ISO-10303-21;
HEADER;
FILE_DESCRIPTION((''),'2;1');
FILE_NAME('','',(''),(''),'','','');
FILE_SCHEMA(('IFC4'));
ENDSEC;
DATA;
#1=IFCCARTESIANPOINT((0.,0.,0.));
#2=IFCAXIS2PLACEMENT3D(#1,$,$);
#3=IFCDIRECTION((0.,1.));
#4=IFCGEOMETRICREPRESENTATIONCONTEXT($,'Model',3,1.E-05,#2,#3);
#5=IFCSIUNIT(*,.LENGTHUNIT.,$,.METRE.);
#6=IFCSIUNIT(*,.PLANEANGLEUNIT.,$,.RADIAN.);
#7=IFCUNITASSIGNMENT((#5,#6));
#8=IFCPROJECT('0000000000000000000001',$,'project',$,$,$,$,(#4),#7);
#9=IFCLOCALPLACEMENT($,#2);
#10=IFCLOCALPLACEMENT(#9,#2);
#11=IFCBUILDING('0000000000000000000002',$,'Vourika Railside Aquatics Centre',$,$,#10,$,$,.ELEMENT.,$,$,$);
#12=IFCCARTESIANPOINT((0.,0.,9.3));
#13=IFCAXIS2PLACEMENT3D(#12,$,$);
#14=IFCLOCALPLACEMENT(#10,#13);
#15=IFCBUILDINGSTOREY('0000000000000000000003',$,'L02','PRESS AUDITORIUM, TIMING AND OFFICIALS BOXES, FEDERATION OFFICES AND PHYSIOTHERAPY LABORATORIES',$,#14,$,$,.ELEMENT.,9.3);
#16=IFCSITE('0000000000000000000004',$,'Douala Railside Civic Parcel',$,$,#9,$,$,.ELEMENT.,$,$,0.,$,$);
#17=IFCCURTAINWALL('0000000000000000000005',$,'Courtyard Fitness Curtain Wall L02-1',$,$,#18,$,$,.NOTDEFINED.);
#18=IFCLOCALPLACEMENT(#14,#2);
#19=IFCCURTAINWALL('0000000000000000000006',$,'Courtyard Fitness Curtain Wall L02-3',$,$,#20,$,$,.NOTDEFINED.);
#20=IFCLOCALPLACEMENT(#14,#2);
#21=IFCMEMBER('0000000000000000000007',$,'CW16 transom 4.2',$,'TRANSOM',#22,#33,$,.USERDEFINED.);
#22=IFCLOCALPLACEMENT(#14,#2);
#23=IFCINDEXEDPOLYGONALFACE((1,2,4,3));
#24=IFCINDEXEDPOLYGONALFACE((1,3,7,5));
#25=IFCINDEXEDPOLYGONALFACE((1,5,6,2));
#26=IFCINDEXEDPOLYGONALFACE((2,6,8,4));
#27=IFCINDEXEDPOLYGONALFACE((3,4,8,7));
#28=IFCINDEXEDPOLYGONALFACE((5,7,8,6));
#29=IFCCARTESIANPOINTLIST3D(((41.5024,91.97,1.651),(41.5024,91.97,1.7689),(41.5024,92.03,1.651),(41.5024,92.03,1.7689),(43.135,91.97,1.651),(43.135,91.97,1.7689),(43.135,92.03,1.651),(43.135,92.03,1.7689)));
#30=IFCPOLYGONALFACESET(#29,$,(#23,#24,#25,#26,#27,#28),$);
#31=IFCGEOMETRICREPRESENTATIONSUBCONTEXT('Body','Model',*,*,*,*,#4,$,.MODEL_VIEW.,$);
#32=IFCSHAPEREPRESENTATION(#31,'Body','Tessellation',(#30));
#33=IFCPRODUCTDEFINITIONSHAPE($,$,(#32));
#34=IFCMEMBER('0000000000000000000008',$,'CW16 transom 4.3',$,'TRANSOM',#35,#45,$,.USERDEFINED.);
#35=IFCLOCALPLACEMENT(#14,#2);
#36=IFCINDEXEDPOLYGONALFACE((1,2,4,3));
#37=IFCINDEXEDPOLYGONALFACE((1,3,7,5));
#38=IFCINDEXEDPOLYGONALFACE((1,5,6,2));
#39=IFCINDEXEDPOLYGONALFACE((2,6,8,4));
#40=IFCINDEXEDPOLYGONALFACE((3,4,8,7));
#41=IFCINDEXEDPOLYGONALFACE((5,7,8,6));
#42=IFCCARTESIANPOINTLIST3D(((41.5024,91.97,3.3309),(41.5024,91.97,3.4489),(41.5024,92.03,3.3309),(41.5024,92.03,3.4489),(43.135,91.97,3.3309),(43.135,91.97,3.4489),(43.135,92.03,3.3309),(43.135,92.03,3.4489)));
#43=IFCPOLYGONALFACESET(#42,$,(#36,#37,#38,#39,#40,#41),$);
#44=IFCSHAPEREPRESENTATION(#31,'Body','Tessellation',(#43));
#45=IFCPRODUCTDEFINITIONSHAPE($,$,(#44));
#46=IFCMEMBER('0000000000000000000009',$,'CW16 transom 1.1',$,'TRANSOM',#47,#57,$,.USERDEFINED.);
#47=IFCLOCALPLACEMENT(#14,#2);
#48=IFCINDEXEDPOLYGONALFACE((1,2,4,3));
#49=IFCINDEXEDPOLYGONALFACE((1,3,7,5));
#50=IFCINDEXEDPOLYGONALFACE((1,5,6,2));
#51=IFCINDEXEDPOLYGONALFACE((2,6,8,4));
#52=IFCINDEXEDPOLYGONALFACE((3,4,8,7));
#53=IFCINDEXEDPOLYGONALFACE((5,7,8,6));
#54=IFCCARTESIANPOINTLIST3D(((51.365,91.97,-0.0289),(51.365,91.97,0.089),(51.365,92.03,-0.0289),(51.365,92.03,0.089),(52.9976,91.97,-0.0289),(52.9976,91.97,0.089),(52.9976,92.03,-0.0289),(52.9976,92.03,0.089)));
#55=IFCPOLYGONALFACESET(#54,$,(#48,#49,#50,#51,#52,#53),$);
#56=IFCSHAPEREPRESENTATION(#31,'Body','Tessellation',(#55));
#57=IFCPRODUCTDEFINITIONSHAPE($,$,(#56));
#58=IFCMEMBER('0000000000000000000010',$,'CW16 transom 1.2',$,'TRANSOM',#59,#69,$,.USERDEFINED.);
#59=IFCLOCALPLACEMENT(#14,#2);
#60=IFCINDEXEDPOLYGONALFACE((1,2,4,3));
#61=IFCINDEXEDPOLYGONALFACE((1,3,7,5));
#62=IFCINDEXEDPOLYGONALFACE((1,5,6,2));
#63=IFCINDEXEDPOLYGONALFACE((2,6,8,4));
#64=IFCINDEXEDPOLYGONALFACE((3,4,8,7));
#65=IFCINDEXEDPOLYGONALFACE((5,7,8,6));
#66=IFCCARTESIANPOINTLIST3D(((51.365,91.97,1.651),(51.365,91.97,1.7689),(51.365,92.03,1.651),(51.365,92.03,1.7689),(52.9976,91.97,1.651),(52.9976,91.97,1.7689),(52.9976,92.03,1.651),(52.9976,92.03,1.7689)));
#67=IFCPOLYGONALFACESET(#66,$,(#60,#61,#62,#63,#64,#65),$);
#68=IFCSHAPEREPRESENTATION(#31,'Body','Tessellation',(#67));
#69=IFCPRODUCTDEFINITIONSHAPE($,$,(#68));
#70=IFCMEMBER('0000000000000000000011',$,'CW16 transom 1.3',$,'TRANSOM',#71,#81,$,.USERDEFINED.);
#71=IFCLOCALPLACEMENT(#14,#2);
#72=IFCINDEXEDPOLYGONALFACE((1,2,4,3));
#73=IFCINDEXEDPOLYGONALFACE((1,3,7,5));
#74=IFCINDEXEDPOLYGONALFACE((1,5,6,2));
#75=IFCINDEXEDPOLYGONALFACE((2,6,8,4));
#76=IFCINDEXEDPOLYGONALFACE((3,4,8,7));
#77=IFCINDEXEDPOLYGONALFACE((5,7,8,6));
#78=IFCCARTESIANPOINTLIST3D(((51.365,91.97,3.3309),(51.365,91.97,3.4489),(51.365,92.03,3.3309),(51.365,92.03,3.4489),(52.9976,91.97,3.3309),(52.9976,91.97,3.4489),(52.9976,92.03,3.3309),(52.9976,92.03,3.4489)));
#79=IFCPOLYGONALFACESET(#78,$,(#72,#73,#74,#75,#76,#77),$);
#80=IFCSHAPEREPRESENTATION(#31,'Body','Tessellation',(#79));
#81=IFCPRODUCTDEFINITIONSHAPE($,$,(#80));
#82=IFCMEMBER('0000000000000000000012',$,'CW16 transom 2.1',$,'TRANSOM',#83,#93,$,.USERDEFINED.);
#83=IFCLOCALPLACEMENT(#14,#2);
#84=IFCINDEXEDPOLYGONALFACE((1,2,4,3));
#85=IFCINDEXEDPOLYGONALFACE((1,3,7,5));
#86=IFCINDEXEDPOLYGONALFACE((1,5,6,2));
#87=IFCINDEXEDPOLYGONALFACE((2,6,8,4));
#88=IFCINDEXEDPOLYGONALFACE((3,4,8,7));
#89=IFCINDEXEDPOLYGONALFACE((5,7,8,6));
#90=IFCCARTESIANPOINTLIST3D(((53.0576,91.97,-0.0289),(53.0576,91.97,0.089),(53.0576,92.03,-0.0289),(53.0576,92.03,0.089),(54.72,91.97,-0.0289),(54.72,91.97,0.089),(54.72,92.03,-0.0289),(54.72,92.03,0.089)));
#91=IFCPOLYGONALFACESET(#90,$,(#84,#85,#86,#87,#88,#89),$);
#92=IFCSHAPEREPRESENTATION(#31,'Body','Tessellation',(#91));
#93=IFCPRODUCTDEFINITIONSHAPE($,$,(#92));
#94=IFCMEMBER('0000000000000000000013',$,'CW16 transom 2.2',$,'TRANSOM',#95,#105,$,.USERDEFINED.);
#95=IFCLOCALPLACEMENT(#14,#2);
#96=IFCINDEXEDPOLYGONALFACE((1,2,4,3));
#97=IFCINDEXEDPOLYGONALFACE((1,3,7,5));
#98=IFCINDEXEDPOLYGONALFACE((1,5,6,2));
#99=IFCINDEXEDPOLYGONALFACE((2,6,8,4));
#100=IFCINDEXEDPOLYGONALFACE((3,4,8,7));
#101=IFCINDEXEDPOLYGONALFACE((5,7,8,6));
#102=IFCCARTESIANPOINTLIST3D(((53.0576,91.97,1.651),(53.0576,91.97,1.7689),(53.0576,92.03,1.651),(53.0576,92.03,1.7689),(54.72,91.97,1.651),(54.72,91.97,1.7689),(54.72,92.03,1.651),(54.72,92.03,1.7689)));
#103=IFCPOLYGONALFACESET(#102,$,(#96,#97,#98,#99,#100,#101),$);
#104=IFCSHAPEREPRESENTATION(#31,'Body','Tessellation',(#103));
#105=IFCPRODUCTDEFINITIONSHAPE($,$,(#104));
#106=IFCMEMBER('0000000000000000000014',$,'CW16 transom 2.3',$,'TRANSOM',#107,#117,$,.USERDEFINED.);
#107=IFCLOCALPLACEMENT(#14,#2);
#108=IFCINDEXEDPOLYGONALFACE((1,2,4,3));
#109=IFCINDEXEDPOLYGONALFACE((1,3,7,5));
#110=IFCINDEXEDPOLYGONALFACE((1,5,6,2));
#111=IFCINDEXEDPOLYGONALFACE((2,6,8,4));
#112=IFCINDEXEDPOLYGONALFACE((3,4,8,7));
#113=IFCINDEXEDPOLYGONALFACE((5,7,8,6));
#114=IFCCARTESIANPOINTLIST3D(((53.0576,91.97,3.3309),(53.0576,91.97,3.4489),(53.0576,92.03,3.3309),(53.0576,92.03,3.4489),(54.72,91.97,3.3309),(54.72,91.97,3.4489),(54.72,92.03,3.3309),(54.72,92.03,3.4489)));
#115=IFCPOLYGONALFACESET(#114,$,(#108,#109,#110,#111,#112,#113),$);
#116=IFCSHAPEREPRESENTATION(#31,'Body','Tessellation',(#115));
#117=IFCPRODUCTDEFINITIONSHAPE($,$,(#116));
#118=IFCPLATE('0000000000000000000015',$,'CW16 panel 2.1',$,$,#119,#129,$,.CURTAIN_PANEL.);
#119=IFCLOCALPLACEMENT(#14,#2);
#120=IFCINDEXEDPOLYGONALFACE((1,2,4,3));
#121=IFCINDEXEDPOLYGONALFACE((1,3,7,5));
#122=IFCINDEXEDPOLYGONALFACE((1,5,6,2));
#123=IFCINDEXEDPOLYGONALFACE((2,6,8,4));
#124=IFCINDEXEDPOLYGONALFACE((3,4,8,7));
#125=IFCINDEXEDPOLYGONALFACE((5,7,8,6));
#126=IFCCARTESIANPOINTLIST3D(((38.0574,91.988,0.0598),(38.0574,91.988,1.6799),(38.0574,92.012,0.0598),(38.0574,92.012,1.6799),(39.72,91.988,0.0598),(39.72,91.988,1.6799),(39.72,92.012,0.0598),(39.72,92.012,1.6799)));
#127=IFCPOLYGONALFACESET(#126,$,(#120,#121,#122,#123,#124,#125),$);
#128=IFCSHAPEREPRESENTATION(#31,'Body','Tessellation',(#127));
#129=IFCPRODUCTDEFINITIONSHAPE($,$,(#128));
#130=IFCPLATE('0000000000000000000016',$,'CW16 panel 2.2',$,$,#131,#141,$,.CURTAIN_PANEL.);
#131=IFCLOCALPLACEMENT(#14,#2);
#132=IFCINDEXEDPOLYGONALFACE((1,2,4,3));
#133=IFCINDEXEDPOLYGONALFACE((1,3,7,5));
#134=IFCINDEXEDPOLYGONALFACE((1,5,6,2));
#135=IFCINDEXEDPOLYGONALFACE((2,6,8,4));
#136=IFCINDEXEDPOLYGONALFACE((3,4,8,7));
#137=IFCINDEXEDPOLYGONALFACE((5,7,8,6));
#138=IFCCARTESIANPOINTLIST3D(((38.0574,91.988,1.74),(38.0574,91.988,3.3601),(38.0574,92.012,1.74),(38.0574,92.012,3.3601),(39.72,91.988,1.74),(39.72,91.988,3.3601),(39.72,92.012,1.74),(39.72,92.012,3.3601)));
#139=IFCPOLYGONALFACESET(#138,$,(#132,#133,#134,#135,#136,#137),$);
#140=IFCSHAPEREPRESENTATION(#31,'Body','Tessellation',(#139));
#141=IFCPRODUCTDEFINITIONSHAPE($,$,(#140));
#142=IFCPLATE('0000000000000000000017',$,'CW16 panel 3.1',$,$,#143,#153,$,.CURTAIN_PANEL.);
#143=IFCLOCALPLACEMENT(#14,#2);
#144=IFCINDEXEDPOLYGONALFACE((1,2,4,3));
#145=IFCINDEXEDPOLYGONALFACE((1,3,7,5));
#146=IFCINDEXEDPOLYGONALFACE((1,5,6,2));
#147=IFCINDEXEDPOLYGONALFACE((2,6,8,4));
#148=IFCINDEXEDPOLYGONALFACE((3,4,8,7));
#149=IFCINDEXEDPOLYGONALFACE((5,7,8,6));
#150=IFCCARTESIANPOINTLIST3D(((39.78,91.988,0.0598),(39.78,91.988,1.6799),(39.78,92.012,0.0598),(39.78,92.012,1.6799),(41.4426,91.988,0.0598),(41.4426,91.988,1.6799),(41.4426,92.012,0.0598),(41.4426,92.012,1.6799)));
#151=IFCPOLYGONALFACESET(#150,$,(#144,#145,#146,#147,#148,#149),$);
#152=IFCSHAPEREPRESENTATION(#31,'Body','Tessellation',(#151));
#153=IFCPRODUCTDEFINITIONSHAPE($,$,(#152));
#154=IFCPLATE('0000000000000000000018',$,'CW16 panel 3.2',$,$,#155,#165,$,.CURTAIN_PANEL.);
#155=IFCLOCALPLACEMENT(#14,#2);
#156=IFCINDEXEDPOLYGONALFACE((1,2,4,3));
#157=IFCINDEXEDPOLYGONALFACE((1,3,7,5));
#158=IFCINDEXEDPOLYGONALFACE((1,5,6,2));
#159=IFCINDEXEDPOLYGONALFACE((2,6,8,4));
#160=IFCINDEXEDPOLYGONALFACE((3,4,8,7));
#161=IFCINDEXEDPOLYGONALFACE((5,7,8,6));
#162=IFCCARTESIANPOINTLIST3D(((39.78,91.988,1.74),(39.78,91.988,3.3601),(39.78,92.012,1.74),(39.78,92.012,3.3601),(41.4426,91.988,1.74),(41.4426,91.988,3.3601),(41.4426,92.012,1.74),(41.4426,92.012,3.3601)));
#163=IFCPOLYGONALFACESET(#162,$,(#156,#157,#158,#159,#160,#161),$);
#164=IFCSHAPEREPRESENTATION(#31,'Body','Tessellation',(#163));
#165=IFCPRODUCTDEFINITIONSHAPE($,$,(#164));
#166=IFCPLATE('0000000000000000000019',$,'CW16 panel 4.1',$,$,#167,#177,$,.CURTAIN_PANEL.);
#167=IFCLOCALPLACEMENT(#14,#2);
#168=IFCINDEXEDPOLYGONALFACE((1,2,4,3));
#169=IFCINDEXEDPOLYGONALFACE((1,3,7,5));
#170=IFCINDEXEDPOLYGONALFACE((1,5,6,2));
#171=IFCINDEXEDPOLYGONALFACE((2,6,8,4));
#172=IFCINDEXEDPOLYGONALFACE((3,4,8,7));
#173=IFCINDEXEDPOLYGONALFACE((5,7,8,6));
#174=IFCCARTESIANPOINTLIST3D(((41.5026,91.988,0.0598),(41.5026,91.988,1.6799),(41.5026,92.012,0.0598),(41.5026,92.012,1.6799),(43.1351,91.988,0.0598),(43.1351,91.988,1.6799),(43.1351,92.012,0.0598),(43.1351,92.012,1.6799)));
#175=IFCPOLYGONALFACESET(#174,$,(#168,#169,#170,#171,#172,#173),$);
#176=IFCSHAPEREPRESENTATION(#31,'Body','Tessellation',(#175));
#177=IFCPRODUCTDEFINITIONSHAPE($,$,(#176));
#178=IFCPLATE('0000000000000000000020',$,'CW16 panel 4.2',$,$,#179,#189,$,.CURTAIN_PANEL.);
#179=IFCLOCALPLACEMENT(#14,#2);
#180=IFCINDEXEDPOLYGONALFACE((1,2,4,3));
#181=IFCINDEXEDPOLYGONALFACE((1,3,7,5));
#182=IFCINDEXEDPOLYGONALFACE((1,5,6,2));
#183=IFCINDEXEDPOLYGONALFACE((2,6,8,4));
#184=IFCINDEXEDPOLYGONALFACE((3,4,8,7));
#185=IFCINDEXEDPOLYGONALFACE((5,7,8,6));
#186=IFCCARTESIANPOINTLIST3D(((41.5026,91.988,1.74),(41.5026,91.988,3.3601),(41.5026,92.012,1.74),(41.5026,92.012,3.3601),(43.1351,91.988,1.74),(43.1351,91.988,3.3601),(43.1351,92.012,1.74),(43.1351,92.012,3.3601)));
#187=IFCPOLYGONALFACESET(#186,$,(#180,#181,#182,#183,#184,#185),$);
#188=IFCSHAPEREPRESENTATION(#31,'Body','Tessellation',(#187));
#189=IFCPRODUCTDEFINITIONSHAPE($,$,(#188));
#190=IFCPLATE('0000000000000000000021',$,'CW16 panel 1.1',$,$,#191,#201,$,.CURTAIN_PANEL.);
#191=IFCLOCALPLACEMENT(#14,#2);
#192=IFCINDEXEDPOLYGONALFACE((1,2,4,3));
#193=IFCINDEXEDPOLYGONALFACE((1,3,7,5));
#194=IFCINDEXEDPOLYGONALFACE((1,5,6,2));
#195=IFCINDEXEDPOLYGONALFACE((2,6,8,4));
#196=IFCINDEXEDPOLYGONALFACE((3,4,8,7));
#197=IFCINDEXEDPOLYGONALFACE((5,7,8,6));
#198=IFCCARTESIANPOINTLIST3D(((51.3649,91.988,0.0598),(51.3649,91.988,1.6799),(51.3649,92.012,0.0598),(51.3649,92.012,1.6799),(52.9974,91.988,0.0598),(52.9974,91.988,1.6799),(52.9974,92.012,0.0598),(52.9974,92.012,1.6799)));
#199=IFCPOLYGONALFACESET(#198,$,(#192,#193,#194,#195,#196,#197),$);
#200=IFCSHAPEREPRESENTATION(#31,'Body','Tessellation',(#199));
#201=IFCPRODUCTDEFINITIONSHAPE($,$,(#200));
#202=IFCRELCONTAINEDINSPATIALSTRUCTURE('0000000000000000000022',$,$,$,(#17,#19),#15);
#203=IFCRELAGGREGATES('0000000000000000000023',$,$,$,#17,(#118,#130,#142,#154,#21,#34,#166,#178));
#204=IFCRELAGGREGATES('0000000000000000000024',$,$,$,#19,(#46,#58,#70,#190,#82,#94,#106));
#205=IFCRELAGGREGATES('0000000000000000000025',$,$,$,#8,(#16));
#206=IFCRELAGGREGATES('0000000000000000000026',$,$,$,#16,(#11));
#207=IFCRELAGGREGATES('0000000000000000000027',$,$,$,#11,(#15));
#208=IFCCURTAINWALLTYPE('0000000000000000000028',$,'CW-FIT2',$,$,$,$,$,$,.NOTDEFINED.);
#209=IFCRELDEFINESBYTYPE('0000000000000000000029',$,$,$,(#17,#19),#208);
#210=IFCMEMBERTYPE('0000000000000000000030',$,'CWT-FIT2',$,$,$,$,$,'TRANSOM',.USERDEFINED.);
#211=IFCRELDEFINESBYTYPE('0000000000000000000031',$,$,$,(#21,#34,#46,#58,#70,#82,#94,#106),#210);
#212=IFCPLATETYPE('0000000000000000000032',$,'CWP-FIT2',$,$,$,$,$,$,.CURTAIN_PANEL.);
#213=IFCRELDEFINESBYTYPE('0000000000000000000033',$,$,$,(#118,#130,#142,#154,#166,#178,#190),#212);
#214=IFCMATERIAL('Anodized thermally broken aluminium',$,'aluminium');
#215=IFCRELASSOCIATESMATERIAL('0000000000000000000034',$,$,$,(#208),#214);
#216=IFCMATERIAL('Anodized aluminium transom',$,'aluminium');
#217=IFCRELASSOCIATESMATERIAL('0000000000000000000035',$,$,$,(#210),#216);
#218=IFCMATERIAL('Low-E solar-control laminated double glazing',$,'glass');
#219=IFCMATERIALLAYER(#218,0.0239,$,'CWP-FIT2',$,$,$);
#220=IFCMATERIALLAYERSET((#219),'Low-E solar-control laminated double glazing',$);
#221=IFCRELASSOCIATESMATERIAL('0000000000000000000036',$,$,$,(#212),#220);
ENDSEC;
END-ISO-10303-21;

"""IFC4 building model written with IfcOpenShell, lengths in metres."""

from ifc_helpers import new_model, si_unit, direction, frame, origin, origin_2d, place, context, subcontext, project, spatial, rectangle, extrude, material, layer, layer_set, material_profile, profile_set, type_object, element, aggregate, save


model = new_model("IFC4")

# Units and contexts
model_context = context("Model", 3, precision=1e-05, world=origin(), true_north=direction((0.0, 1.0)))
body_context = subcontext(model_context, "Body", "Model", "MODEL_VIEW")
ifc_project = project(units=[si_unit("LENGTHUNIT", "METRE"), si_unit("PLANEANGLEUNIT", "RADIAN")], contexts=[model_context])

# Site, building, storey
site_placement = place(None, origin())
site = spatial("IfcSite", under=ifc_project, at=site_placement, Name="Douala Railside Civic Parcel", CompositionType="ELEMENT", RefElevation=0.0)
building_placement = place(site_placement, origin())
building = spatial("IfcBuilding", under=site, at=building_placement, Name="Vourika Railside Aquatics Centre", CompositionType="ELEMENT")
storey_placement = place(building_placement, frame((0.0, 0.0, 9.3)))
storey = spatial("IfcBuildingStorey", under=building, at=storey_placement, Name="L02", Description="PRESS AUDITORIUM, TIMING AND OFFICIALS BOXES, FEDERATION OFFICES AND PHYSIOTHERAPY LABORATORIES", CompositionType="ELEMENT", Elevation=9.3)

# Curtain walls
ifc_material_1 = material(Name="Anodized thermally broken aluminium", Category="aluminium")
curtain_wall_type = type_object("IfcCurtainWallType", Name="CW-FIT2", PredefinedType="NOTDEFINED", material=ifc_material_1)
curtain_wall_1_placement = place(storey_placement, origin())
curtain_wall_1 = element("IfcCurtainWall", 1, at=curtain_wall_1_placement, inside=storey, type_object=curtain_wall_type, Name="Courtyard Fitness Curtain Wall L02-1", PredefinedType="NOTDEFINED")
curtain_wall_2_placement = place(storey_placement, origin())
curtain_wall_2 = element("IfcCurtainWall", 2, at=curtain_wall_2_placement, inside=storey, type_object=curtain_wall_type, Name="Courtyard Fitness Curtain Wall L02-3", PredefinedType="NOTDEFINED")

# Members
ifc_material_2 = material(Name="Anodized aluminium transom", Category="aluminium")
ifc_material_profile_1 = material_profile(ifc_material_2, rectangle(XDim=0.0601, YDim=0.1179, at=origin_2d()), Name="ALU-T 60x118")
ifc_profile_set_1 = profile_set([ifc_material_profile_1], Name="Anodized aluminium transom")
member_type_1 = type_object("IfcMemberType", Name="CWT-FIT2", ElementType="TRANSOM", PredefinedType="USERDEFINED", material=ifc_profile_set_1)
member_1_placement = place(storey_placement, frame((41.5024, 92.0, 1.71), z_axis=(1.0, 0.0, 0.0), x_axis=(0.0, 1.0, 0.0)))
member_1 = element("IfcMember", 3, at=member_1_placement, type_object=member_type_1, Name="CW16 transom 4.2", ObjectType="TRANSOM", PredefinedType="USERDEFINED", context=body_context, shape_type="SweptSolid", body=[
    extrude(rectangle(XDim=0.0601, YDim=0.1179, at=origin_2d()), origin(), (0.0, 0.0, 1.0), 1.6326),
])
member_2_placement = place(storey_placement, frame((41.5024, 92.0, 3.3899), z_axis=(1.0, 0.0, 0.0), x_axis=(0.0, 1.0, 0.0)))
member_2 = element("IfcMember", 4, at=member_2_placement, type_object=member_type_1, Name="CW16 transom 4.3", ObjectType="TRANSOM", PredefinedType="USERDEFINED", context=body_context, shape_type="SweptSolid", body=[
    extrude(rectangle(XDim=0.0601, YDim=0.1179, at=origin_2d()), origin(), (0.0, 0.0, 1.0), 1.6326),
])
member_3_placement = place(storey_placement, frame((51.365, 92.0, 0.03), z_axis=(1.0, 0.0, 0.0), x_axis=(0.0, 1.0, 0.0)))
member_3 = element("IfcMember", 5, at=member_3_placement, type_object=member_type_1, Name="CW16 transom 1.1", ObjectType="TRANSOM", PredefinedType="USERDEFINED", context=body_context, shape_type="SweptSolid", body=[
    extrude(rectangle(XDim=0.0601, YDim=0.1179, at=origin_2d()), origin(), (0.0, 0.0, 1.0), 1.6326),
])
member_4_placement = place(storey_placement, frame((51.365, 92.0, 1.71), z_axis=(1.0, 0.0, 0.0), x_axis=(0.0, 1.0, 0.0)))
member_4 = element("IfcMember", 6, at=member_4_placement, type_object=member_type_1, Name="CW16 transom 1.2", ObjectType="TRANSOM", PredefinedType="USERDEFINED", context=body_context, shape_type="SweptSolid", body=[
    extrude(rectangle(XDim=0.0601, YDim=0.1179, at=origin_2d()), origin(), (0.0, 0.0, 1.0), 1.6326),
])
member_5_placement = place(storey_placement, frame((51.365, 92.0, 3.3899), z_axis=(1.0, 0.0, 0.0), x_axis=(0.0, 1.0, 0.0)))
member_5 = element("IfcMember", 7, at=member_5_placement, type_object=member_type_1, Name="CW16 transom 1.3", ObjectType="TRANSOM", PredefinedType="USERDEFINED", context=body_context, shape_type="SweptSolid", body=[
    extrude(rectangle(XDim=0.0601, YDim=0.1179, at=origin_2d()), origin(), (0.0, 0.0, 1.0), 1.6326),
])
member_6_placement = place(storey_placement, frame((53.0576, 92.0, 0.03), z_axis=(1.0, 0.0, 0.0), x_axis=(0.0, 1.0, 0.0)))
member_6 = element("IfcMember", 8, at=member_6_placement, type_object=member_type_1, Name="CW16 transom 2.1", ObjectType="TRANSOM", PredefinedType="USERDEFINED", context=body_context, shape_type="SweptSolid", body=[
    extrude(rectangle(XDim=0.0601, YDim=0.1179, at=origin_2d()), origin(), (0.0, 0.0, 1.0), 1.6624),
])
member_7_placement = place(storey_placement, frame((53.0576, 92.0, 1.71), z_axis=(1.0, 0.0, 0.0), x_axis=(0.0, 1.0, 0.0)))
member_7 = element("IfcMember", 9, at=member_7_placement, type_object=member_type_1, Name="CW16 transom 2.2", ObjectType="TRANSOM", PredefinedType="USERDEFINED", context=body_context, shape_type="SweptSolid", body=[
    extrude(rectangle(XDim=0.0601, YDim=0.1179, at=origin_2d()), origin(), (0.0, 0.0, 1.0), 1.6624),
])
member_8_placement = place(storey_placement, frame((53.0576, 92.0, 3.3899), z_axis=(1.0, 0.0, 0.0), x_axis=(0.0, 1.0, 0.0)))
member_8 = element("IfcMember", 10, at=member_8_placement, type_object=member_type_1, Name="CW16 transom 2.3", ObjectType="TRANSOM", PredefinedType="USERDEFINED", context=body_context, shape_type="SweptSolid", body=[
    extrude(rectangle(XDim=0.0601, YDim=0.1179, at=origin_2d()), origin(), (0.0, 0.0, 1.0), 1.6624),
])

# Plates
ifc_material_3 = material(Name="Low-E solar-control laminated double glazing", Category="glass")
ifc_layer_1 = layer(ifc_material_3, 0.0239, Name="CWP-FIT2")
ifc_layer_set_1 = layer_set([ifc_layer_1], Name="Low-E solar-control laminated double glazing")
plate_type = type_object("IfcPlateType", Name="CWP-FIT2", PredefinedType="CURTAIN_PANEL", material=ifc_layer_set_1)
plate_1_placement = place(storey_placement, frame((38.8887, 92.0, 0.0598), z_axis=(0.0, 0.0, 1.0), x_axis=(1.0, 0.0, 0.0)))
plate_1 = element("IfcPlate", 11, at=plate_1_placement, type_object=plate_type, Name="CW16 panel 2.1", PredefinedType="CURTAIN_PANEL", context=body_context, shape_type="SweptSolid", body=[
    extrude(rectangle(XDim=1.6626, YDim=0.0239, at=origin_2d()), origin(), (0.0, 0.0, 1.0), 1.6201),
])
plate_2_placement = place(storey_placement, frame((38.8887, 92.0, 1.74), z_axis=(0.0, 0.0, 1.0), x_axis=(1.0, 0.0, 0.0)))
plate_2 = element("IfcPlate", 12, at=plate_2_placement, type_object=plate_type, Name="CW16 panel 2.2", PredefinedType="CURTAIN_PANEL", context=body_context, shape_type="SweptSolid", body=[
    extrude(rectangle(XDim=1.6626, YDim=0.0239, at=origin_2d()), origin(), (0.0, 0.0, 1.0), 1.6201),
])
plate_3_placement = place(storey_placement, frame((40.6113, 92.0, 0.0598), z_axis=(0.0, 0.0, 1.0), x_axis=(1.0, 0.0, 0.0)))
plate_3 = element("IfcPlate", 13, at=plate_3_placement, type_object=plate_type, Name="CW16 panel 3.1", PredefinedType="CURTAIN_PANEL", context=body_context, shape_type="SweptSolid", body=[
    extrude(rectangle(XDim=1.6626, YDim=0.0239, at=origin_2d()), origin(), (0.0, 0.0, 1.0), 1.6201),
])
plate_4_placement = place(storey_placement, frame((40.6113, 92.0, 1.74), z_axis=(0.0, 0.0, 1.0), x_axis=(1.0, 0.0, 0.0)))
plate_4 = element("IfcPlate", 14, at=plate_4_placement, type_object=plate_type, Name="CW16 panel 3.2", PredefinedType="CURTAIN_PANEL", context=body_context, shape_type="SweptSolid", body=[
    extrude(rectangle(XDim=1.6626, YDim=0.0239, at=origin_2d()), origin(), (0.0, 0.0, 1.0), 1.6201),
])
plate_5_placement = place(storey_placement, frame((42.3188, 92.0, 0.0598), z_axis=(0.0, 0.0, 1.0), x_axis=(1.0, 0.0, 0.0)))
plate_5 = element("IfcPlate", 15, at=plate_5_placement, type_object=plate_type, Name="CW16 panel 4.1", PredefinedType="CURTAIN_PANEL", context=body_context, shape_type="SweptSolid", body=[
    extrude(rectangle(XDim=1.6326, YDim=0.0239, at=origin_2d()), origin(), (0.0, 0.0, 1.0), 1.6201),
])
plate_6_placement = place(storey_placement, frame((42.3188, 92.0, 1.74), z_axis=(0.0, 0.0, 1.0), x_axis=(1.0, 0.0, 0.0)))
plate_6 = element("IfcPlate", 16, at=plate_6_placement, type_object=plate_type, Name="CW16 panel 4.2", PredefinedType="CURTAIN_PANEL", context=body_context, shape_type="SweptSolid", body=[
    extrude(rectangle(XDim=1.6326, YDim=0.0239, at=origin_2d()), origin(), (0.0, 0.0, 1.0), 1.6201),
])
aggregate(curtain_wall_1, [plate_1, plate_2, plate_3, plate_4, member_1, member_2, plate_5, plate_6])
plate_7_placement = place(storey_placement, frame((52.1812, 92.0, 0.0598), z_axis=(0.0, 0.0, 1.0), x_axis=(1.0, 0.0, 0.0)))
plate_7 = element("IfcPlate", 17, at=plate_7_placement, type_object=plate_type, Name="CW16 panel 1.1", PredefinedType="CURTAIN_PANEL", context=body_context, shape_type="SweptSolid", body=[
    extrude(rectangle(XDim=1.6326, YDim=0.0239, at=origin_2d()), origin(), (0.0, 0.0, 1.0), 1.6201),
])
aggregate(curtain_wall_2, [member_3, member_4, member_5, plate_7, member_6, member_7, member_8])

save(model, "model.ifc")
